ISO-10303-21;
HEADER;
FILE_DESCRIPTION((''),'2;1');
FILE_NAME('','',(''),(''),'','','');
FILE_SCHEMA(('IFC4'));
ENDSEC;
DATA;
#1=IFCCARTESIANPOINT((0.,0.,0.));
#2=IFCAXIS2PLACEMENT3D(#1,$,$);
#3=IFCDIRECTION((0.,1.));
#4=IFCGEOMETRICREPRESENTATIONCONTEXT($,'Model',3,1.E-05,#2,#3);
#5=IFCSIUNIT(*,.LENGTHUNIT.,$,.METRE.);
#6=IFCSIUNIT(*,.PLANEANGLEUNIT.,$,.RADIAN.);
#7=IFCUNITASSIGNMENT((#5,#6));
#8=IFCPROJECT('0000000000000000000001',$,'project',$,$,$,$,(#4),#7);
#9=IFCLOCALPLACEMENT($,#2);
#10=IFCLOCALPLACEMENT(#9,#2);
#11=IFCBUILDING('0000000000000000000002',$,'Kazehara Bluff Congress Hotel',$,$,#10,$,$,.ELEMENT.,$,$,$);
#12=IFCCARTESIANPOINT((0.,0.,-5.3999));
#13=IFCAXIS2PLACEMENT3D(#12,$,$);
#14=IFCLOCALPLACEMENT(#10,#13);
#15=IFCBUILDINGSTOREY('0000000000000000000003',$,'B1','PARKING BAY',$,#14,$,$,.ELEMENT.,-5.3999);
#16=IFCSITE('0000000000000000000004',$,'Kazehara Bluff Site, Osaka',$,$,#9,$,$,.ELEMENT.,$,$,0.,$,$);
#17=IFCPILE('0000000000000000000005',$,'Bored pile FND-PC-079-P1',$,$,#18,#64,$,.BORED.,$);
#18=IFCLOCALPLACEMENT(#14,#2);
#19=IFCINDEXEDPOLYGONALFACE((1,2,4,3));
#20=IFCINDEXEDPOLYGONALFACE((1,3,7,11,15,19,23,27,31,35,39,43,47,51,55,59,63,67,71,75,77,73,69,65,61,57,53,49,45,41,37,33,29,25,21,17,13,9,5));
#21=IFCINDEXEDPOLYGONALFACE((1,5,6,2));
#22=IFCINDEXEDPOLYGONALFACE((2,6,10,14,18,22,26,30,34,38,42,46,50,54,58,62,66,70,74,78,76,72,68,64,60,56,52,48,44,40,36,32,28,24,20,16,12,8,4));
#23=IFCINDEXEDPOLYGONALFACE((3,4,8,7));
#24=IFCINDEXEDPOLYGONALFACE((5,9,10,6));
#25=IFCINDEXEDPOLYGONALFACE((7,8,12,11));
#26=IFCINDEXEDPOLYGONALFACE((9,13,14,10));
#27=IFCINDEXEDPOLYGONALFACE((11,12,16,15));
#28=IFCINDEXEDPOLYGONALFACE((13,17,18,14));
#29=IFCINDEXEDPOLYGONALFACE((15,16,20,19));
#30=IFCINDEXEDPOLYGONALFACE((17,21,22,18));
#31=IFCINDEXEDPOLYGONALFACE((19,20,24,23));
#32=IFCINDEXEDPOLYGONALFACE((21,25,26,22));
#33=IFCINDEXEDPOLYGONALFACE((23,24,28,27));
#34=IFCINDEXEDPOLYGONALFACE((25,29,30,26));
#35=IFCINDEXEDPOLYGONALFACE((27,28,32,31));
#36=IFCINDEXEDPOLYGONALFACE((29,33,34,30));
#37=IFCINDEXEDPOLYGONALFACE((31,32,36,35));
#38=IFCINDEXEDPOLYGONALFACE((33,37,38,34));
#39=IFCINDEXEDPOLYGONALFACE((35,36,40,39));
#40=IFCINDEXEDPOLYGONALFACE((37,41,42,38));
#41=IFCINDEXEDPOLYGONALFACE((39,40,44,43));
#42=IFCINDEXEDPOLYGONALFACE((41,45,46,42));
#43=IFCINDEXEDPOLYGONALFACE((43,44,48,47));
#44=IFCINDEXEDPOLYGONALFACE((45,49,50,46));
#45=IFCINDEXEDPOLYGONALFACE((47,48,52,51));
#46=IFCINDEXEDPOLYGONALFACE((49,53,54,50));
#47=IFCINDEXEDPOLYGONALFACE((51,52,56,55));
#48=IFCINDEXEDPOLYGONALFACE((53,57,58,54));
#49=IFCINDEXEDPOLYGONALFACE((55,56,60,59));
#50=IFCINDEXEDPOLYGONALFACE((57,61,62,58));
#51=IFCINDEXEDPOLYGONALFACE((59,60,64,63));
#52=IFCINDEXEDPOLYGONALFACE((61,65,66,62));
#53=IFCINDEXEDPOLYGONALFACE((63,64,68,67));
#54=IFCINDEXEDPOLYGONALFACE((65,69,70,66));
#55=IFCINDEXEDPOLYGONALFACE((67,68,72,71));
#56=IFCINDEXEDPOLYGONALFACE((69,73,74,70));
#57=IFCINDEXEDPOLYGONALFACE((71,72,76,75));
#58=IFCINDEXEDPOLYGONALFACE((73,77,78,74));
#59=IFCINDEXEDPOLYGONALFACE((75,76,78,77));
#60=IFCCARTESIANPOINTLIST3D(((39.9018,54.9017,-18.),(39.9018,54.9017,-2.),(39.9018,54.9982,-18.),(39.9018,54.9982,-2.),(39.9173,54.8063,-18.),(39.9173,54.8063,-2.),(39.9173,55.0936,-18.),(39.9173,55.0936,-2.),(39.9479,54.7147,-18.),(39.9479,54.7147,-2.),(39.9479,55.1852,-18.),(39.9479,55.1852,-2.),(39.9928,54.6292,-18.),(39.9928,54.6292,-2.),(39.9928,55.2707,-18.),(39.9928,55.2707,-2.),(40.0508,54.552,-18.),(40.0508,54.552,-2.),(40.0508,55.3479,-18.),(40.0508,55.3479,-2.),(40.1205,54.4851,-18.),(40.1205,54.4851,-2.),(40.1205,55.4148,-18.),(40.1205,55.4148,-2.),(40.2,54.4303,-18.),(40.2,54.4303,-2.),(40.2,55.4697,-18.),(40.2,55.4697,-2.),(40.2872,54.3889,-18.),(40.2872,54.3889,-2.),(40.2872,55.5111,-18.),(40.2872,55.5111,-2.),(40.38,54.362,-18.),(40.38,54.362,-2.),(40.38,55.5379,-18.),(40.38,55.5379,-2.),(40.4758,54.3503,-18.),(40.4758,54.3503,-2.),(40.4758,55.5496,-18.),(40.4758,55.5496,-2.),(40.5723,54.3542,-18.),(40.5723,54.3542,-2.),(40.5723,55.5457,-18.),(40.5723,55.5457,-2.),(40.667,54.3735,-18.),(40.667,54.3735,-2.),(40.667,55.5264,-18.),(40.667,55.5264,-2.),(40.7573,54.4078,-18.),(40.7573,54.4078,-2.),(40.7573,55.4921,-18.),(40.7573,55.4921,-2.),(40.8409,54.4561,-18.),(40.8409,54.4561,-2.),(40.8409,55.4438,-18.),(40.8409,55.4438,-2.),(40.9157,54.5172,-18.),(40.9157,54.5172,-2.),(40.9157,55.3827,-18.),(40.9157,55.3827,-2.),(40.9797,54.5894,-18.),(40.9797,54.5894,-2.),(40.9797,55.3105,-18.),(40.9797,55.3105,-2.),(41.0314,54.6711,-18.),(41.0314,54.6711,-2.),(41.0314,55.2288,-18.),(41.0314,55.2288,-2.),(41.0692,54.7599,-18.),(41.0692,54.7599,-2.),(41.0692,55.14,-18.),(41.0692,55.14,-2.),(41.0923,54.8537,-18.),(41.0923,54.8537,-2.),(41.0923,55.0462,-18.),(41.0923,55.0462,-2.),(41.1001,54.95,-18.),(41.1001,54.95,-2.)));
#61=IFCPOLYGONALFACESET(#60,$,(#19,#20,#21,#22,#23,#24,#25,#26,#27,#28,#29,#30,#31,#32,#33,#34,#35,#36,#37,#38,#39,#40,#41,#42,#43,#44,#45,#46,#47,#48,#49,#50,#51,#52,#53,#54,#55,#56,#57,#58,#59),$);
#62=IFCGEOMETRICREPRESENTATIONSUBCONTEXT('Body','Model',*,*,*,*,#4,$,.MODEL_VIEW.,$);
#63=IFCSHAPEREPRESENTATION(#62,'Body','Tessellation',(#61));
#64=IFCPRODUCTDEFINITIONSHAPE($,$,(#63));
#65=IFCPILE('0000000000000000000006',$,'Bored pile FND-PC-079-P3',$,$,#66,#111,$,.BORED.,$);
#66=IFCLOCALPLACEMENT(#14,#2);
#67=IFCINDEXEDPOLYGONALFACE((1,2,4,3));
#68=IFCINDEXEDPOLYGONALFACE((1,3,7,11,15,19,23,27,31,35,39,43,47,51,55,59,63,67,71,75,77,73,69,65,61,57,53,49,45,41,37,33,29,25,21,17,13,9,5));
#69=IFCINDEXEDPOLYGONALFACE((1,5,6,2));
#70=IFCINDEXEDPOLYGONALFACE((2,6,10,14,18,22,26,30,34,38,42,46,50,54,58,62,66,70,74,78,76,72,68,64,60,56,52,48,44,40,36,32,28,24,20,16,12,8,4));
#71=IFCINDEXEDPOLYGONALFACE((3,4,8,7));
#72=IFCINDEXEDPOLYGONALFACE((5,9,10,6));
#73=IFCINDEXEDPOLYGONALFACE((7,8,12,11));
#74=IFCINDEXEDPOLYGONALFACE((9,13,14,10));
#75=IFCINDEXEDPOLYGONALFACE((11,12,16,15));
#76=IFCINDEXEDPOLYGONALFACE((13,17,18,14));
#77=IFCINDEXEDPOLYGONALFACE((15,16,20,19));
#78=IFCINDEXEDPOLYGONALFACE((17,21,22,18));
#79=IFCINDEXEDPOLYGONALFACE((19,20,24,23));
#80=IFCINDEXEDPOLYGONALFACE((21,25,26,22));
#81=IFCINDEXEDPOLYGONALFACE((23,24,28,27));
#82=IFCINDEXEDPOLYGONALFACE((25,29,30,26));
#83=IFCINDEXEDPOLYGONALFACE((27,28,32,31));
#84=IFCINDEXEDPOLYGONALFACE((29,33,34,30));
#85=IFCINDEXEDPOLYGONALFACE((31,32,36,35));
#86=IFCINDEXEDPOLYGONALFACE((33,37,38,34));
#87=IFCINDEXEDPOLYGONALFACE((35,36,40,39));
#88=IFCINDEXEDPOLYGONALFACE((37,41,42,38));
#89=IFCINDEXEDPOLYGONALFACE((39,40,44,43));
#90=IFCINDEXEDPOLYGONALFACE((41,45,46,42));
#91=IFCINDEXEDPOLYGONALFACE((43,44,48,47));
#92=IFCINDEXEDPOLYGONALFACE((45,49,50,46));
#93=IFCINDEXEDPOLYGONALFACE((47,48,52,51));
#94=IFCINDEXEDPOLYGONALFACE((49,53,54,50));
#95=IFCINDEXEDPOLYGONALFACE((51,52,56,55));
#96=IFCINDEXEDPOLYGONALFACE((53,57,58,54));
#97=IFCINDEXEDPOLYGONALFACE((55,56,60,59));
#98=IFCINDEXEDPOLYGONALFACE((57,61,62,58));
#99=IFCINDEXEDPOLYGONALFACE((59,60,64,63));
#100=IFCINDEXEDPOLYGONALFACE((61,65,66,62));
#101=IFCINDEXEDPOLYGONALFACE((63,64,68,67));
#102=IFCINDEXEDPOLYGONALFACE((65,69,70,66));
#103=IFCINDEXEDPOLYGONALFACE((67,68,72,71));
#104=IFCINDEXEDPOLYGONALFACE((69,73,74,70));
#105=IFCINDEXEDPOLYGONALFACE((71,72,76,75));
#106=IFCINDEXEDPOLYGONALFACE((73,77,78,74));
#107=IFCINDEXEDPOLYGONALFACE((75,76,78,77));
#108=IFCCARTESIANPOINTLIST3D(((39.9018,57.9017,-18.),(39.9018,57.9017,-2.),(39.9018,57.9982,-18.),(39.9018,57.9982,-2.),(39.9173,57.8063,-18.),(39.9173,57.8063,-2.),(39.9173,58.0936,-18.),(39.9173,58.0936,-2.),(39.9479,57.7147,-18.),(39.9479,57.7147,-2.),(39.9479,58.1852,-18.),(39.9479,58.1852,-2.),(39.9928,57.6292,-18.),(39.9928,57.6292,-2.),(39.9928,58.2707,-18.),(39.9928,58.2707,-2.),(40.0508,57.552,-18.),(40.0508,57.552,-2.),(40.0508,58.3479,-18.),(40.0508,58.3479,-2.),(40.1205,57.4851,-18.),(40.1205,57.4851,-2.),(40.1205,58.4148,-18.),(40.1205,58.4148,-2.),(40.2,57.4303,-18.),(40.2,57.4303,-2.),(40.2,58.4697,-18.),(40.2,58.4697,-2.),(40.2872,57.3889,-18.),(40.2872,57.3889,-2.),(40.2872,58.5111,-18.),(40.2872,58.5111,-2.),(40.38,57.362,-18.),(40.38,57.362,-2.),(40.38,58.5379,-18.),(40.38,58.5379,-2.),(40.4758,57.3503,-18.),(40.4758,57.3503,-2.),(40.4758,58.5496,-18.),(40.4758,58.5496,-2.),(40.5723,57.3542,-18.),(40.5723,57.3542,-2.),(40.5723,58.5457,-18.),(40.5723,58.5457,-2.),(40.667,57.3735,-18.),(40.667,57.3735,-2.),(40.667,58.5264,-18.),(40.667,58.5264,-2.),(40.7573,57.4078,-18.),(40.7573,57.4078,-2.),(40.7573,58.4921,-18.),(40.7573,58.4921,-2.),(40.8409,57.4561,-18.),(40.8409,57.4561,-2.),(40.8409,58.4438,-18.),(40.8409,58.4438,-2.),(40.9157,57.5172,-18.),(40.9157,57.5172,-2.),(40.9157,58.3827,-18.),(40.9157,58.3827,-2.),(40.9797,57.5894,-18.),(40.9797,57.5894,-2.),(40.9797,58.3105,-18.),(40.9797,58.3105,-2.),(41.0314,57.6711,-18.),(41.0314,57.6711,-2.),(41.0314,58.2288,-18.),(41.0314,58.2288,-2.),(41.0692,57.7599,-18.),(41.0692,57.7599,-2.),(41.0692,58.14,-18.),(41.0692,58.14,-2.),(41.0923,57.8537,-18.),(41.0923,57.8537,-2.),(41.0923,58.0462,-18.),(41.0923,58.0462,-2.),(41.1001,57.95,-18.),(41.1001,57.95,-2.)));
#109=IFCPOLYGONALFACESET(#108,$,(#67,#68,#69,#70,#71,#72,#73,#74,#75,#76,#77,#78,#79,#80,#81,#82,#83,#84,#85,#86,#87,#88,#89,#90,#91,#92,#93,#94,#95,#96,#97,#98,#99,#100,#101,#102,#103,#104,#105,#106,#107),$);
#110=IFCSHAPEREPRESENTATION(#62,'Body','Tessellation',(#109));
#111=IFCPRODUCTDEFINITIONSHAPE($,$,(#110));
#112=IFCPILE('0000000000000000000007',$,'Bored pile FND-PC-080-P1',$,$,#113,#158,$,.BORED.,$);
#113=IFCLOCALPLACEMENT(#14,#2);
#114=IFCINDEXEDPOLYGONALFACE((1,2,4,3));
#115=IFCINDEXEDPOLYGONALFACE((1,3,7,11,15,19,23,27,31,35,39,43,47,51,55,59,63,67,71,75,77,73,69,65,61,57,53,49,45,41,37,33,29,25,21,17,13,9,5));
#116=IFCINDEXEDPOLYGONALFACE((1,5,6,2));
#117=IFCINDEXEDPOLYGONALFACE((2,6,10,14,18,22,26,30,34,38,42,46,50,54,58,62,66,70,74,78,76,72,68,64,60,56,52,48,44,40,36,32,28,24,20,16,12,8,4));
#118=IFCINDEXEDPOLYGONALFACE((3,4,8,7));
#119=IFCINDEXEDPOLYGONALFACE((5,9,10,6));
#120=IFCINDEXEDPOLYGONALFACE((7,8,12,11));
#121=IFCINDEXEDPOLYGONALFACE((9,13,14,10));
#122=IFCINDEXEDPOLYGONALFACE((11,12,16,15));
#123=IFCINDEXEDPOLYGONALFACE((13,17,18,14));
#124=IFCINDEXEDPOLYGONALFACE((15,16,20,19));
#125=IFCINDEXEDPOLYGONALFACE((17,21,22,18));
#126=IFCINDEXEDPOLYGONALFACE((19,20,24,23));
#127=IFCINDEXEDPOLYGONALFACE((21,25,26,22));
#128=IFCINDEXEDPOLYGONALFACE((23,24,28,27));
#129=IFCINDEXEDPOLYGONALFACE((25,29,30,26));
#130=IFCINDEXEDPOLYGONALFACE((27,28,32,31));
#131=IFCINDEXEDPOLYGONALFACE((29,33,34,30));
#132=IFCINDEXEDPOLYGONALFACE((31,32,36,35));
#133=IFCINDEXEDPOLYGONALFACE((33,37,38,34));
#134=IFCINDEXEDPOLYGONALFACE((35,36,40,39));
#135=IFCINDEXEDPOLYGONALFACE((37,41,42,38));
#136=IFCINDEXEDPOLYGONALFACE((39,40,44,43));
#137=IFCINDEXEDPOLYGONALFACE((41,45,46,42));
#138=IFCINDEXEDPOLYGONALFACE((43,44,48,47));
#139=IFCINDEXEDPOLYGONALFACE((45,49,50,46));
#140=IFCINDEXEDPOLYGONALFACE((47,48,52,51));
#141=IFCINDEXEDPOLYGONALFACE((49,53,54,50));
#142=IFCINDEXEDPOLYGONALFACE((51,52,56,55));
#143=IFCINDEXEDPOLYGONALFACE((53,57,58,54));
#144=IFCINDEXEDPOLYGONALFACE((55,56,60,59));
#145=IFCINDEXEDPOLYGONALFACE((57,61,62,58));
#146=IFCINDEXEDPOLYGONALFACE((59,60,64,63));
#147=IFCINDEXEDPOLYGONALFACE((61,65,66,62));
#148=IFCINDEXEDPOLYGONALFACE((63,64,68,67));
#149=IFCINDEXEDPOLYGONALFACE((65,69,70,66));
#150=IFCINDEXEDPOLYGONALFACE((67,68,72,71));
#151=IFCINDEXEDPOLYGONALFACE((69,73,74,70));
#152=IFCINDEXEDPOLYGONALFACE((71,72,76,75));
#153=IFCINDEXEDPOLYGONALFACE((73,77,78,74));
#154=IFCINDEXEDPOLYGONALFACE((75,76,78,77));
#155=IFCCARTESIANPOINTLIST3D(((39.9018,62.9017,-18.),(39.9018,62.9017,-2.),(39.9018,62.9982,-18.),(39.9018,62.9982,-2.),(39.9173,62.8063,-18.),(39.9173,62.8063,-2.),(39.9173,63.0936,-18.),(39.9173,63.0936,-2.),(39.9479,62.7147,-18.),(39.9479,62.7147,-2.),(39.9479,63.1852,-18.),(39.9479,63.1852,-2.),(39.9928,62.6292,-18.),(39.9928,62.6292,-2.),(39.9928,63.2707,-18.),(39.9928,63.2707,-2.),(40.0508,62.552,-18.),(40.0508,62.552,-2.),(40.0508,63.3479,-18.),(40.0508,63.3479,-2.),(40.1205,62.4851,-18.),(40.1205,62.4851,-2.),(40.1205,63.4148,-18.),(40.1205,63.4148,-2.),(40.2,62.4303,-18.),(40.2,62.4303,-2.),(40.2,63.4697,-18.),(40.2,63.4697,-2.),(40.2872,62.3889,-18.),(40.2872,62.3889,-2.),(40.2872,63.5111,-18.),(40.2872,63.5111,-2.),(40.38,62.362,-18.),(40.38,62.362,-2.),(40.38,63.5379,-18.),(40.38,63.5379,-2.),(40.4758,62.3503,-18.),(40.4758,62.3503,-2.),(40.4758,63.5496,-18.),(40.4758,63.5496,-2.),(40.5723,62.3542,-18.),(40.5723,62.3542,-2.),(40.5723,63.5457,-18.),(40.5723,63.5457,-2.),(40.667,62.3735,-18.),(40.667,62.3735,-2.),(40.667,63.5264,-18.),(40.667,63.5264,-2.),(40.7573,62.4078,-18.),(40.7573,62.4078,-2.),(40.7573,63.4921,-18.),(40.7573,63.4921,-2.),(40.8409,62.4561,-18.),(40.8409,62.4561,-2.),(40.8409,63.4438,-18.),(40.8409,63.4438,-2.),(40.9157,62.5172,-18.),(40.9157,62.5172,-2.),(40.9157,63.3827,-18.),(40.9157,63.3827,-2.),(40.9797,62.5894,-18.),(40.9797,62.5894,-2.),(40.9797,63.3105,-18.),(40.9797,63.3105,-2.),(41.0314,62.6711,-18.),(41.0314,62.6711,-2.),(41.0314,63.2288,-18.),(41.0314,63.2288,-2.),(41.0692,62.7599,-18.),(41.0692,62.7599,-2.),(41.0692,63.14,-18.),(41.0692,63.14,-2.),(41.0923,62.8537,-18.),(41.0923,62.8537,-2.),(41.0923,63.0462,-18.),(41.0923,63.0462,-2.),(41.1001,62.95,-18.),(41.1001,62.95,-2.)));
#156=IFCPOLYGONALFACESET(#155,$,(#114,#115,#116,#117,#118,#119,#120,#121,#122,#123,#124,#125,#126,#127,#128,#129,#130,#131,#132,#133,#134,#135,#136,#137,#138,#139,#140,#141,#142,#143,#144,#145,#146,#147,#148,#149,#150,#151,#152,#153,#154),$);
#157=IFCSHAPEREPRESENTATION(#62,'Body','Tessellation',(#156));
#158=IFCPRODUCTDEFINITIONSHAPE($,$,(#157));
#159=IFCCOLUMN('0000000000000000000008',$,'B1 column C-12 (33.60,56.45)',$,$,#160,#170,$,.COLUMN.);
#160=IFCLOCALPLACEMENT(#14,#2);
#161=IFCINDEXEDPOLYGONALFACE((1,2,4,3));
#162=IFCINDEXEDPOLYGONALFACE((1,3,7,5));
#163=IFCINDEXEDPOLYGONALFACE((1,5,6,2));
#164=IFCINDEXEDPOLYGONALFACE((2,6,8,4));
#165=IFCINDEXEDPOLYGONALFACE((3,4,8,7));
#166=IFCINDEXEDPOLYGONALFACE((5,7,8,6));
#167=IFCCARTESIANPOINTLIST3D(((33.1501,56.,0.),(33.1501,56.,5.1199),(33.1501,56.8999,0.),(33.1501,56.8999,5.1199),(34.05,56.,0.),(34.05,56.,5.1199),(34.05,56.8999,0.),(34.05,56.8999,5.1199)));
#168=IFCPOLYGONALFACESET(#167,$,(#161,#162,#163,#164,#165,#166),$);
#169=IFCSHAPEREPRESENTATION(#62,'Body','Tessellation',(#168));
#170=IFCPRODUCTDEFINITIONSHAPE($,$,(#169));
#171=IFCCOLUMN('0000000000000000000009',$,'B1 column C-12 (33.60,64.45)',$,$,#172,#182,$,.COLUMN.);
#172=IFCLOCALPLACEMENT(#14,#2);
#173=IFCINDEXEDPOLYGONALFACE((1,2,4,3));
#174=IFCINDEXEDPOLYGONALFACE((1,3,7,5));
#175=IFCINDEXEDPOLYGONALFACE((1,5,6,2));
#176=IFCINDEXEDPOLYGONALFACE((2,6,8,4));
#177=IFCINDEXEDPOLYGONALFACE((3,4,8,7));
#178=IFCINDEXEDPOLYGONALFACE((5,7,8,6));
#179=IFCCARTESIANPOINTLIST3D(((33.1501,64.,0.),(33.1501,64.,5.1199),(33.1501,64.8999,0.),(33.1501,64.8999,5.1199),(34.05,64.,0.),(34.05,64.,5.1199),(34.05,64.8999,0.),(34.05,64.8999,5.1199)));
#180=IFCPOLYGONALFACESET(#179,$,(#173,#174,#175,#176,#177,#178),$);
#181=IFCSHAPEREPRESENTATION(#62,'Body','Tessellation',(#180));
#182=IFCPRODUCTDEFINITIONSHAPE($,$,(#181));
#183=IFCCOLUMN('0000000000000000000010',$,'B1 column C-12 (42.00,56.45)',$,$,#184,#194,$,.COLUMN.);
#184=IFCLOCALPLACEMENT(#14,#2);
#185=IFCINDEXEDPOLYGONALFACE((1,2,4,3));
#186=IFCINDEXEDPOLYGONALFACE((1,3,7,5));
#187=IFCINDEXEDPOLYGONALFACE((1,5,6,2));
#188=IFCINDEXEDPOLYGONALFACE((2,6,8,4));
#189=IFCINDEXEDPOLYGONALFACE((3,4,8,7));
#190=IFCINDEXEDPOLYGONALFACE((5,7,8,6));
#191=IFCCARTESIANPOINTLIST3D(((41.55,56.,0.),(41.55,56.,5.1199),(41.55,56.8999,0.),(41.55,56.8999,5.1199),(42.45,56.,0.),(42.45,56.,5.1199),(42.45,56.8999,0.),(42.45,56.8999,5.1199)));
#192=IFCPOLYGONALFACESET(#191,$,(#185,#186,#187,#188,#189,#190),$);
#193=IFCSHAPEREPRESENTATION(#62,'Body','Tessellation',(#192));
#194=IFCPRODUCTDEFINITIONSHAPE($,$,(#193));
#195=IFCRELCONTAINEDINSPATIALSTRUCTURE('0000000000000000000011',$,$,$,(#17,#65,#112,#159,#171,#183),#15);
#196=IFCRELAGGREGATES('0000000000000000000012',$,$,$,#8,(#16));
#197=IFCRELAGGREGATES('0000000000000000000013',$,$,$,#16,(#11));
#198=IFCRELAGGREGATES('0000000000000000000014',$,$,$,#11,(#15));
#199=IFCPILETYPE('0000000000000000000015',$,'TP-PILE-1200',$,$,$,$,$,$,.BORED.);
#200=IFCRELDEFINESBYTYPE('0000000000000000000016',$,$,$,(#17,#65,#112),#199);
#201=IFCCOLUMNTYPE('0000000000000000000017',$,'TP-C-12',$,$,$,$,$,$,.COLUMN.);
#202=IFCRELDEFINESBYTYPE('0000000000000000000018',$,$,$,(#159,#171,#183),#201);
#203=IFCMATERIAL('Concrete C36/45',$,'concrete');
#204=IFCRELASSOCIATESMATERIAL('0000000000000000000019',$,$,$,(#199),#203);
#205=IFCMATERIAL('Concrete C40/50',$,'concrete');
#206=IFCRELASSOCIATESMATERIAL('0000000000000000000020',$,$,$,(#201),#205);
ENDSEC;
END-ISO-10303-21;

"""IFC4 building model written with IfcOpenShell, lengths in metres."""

from ifc_helpers import new_model, si_unit, direction, frame, origin, origin_2d, place, context, subcontext, project, spatial, rectangle, circle, extrude, material, material_profile, profile_set, type_object, element, save


model = new_model("IFC4")

# Units and contexts
model_context = context("Model", 3, precision=1e-05, world=origin(), true_north=direction((0.0, 1.0)))
body_context = subcontext(model_context, "Body", "Model", "MODEL_VIEW")
ifc_project = project(units=[si_unit("LENGTHUNIT", "METRE"), si_unit("PLANEANGLEUNIT", "RADIAN")], contexts=[model_context])

# Site, building, storey
site_placement = place(None, origin())
site = spatial("IfcSite", under=ifc_project, at=site_placement, Name="Kazehara Bluff Site, Osaka", CompositionType="ELEMENT", RefElevation=0.0)
building_placement = place(site_placement, origin())
building = spatial("IfcBuilding", under=site, at=building_placement, Name="Kazehara Bluff Congress Hotel", CompositionType="ELEMENT")
storey_placement = place(building_placement, frame((0.0, 0.0, -5.3999)))
storey = spatial("IfcBuildingStorey", under=building, at=storey_placement, Name="B1", Description="PARKING BAY", CompositionType="ELEMENT", Elevation=-5.3999)

# Piles
ifc_material_1 = material(Name="Concrete C36/45", Category="concrete")
ifc_material_profile_1 = material_profile(ifc_material_1, circle(Radius=0.6001, at=origin_2d()))
ifc_profile_set_1 = profile_set([ifc_material_profile_1], Name="Concrete C36/45")
pile_type = type_object("IfcPileType", Name="TP-PILE-1200", PredefinedType="BORED", material=ifc_profile_set_1)
for number, where, z_axis, x_axis, name in (
    (1, (40.5, 54.95, -2.0), (0.0, 0.0, -1.0), (1.0, 0.0, 0.0), "Bored pile FND-PC-079-P1"),
    (2, (40.5, 57.95, -2.0), (0.0, 0.0, -1.0), (1.0, 0.0, 0.0), "Bored pile FND-PC-079-P3"),
    (3, (40.5, 62.95, -2.0), (0.0, 0.0, -1.0), (1.0, 0.0, 0.0), "Bored pile FND-PC-080-P1"),
):
    element("IfcPile", number, at=place(storey_placement, frame(where, z_axis=z_axis, x_axis=x_axis)), inside=storey, type_object=pile_type, Name=name, PredefinedType="BORED", context=body_context, shape_type="SweptSolid", body=[
        extrude(circle(Radius=0.6001, at=origin_2d()), origin(), (0.0, 0.0, 1.0), 16.0),
    ])

# Columns
ifc_material_2 = material(Name="Concrete C40/50", Category="concrete")
ifc_material_profile_2 = material_profile(ifc_material_2, rectangle(XDim=0.8999, YDim=0.8999, at=origin_2d()))
ifc_profile_set_2 = profile_set([ifc_material_profile_2], Name="Concrete C40/50")
column_type = type_object("IfcColumnType", Name="TP-C-12", PredefinedType="COLUMN", material=ifc_profile_set_2)
for number, where, z_axis, x_axis, name in (
    (4, (33.6001, 56.45, 0.0), (0.0, 0.0, 1.0), (1.0, 0.0, 0.0), "B1 column C-12 (33.60,56.45)"),
    (5, (33.6001, 64.45, 0.0), (0.0, 0.0, 1.0), (1.0, 0.0, 0.0), "B1 column C-12 (33.60,64.45)"),
    (6, (42.0, 56.45, 0.0), (0.0, 0.0, 1.0), (1.0, 0.0, 0.0), "B1 column C-12 (42.00,56.45)"),
):
    element("IfcColumn", number, at=place(storey_placement, frame(where, z_axis=z_axis, x_axis=x_axis)), inside=storey, type_object=column_type, Name=name, PredefinedType="COLUMN", context=body_context, shape_type="SweptSolid", body=[
        extrude(rectangle(XDim=0.8999, YDim=0.8999, at=origin_2d()), origin(), (0.0, 0.0, 1.0), 5.1199),
    ])

save(model, "model.ifc")
